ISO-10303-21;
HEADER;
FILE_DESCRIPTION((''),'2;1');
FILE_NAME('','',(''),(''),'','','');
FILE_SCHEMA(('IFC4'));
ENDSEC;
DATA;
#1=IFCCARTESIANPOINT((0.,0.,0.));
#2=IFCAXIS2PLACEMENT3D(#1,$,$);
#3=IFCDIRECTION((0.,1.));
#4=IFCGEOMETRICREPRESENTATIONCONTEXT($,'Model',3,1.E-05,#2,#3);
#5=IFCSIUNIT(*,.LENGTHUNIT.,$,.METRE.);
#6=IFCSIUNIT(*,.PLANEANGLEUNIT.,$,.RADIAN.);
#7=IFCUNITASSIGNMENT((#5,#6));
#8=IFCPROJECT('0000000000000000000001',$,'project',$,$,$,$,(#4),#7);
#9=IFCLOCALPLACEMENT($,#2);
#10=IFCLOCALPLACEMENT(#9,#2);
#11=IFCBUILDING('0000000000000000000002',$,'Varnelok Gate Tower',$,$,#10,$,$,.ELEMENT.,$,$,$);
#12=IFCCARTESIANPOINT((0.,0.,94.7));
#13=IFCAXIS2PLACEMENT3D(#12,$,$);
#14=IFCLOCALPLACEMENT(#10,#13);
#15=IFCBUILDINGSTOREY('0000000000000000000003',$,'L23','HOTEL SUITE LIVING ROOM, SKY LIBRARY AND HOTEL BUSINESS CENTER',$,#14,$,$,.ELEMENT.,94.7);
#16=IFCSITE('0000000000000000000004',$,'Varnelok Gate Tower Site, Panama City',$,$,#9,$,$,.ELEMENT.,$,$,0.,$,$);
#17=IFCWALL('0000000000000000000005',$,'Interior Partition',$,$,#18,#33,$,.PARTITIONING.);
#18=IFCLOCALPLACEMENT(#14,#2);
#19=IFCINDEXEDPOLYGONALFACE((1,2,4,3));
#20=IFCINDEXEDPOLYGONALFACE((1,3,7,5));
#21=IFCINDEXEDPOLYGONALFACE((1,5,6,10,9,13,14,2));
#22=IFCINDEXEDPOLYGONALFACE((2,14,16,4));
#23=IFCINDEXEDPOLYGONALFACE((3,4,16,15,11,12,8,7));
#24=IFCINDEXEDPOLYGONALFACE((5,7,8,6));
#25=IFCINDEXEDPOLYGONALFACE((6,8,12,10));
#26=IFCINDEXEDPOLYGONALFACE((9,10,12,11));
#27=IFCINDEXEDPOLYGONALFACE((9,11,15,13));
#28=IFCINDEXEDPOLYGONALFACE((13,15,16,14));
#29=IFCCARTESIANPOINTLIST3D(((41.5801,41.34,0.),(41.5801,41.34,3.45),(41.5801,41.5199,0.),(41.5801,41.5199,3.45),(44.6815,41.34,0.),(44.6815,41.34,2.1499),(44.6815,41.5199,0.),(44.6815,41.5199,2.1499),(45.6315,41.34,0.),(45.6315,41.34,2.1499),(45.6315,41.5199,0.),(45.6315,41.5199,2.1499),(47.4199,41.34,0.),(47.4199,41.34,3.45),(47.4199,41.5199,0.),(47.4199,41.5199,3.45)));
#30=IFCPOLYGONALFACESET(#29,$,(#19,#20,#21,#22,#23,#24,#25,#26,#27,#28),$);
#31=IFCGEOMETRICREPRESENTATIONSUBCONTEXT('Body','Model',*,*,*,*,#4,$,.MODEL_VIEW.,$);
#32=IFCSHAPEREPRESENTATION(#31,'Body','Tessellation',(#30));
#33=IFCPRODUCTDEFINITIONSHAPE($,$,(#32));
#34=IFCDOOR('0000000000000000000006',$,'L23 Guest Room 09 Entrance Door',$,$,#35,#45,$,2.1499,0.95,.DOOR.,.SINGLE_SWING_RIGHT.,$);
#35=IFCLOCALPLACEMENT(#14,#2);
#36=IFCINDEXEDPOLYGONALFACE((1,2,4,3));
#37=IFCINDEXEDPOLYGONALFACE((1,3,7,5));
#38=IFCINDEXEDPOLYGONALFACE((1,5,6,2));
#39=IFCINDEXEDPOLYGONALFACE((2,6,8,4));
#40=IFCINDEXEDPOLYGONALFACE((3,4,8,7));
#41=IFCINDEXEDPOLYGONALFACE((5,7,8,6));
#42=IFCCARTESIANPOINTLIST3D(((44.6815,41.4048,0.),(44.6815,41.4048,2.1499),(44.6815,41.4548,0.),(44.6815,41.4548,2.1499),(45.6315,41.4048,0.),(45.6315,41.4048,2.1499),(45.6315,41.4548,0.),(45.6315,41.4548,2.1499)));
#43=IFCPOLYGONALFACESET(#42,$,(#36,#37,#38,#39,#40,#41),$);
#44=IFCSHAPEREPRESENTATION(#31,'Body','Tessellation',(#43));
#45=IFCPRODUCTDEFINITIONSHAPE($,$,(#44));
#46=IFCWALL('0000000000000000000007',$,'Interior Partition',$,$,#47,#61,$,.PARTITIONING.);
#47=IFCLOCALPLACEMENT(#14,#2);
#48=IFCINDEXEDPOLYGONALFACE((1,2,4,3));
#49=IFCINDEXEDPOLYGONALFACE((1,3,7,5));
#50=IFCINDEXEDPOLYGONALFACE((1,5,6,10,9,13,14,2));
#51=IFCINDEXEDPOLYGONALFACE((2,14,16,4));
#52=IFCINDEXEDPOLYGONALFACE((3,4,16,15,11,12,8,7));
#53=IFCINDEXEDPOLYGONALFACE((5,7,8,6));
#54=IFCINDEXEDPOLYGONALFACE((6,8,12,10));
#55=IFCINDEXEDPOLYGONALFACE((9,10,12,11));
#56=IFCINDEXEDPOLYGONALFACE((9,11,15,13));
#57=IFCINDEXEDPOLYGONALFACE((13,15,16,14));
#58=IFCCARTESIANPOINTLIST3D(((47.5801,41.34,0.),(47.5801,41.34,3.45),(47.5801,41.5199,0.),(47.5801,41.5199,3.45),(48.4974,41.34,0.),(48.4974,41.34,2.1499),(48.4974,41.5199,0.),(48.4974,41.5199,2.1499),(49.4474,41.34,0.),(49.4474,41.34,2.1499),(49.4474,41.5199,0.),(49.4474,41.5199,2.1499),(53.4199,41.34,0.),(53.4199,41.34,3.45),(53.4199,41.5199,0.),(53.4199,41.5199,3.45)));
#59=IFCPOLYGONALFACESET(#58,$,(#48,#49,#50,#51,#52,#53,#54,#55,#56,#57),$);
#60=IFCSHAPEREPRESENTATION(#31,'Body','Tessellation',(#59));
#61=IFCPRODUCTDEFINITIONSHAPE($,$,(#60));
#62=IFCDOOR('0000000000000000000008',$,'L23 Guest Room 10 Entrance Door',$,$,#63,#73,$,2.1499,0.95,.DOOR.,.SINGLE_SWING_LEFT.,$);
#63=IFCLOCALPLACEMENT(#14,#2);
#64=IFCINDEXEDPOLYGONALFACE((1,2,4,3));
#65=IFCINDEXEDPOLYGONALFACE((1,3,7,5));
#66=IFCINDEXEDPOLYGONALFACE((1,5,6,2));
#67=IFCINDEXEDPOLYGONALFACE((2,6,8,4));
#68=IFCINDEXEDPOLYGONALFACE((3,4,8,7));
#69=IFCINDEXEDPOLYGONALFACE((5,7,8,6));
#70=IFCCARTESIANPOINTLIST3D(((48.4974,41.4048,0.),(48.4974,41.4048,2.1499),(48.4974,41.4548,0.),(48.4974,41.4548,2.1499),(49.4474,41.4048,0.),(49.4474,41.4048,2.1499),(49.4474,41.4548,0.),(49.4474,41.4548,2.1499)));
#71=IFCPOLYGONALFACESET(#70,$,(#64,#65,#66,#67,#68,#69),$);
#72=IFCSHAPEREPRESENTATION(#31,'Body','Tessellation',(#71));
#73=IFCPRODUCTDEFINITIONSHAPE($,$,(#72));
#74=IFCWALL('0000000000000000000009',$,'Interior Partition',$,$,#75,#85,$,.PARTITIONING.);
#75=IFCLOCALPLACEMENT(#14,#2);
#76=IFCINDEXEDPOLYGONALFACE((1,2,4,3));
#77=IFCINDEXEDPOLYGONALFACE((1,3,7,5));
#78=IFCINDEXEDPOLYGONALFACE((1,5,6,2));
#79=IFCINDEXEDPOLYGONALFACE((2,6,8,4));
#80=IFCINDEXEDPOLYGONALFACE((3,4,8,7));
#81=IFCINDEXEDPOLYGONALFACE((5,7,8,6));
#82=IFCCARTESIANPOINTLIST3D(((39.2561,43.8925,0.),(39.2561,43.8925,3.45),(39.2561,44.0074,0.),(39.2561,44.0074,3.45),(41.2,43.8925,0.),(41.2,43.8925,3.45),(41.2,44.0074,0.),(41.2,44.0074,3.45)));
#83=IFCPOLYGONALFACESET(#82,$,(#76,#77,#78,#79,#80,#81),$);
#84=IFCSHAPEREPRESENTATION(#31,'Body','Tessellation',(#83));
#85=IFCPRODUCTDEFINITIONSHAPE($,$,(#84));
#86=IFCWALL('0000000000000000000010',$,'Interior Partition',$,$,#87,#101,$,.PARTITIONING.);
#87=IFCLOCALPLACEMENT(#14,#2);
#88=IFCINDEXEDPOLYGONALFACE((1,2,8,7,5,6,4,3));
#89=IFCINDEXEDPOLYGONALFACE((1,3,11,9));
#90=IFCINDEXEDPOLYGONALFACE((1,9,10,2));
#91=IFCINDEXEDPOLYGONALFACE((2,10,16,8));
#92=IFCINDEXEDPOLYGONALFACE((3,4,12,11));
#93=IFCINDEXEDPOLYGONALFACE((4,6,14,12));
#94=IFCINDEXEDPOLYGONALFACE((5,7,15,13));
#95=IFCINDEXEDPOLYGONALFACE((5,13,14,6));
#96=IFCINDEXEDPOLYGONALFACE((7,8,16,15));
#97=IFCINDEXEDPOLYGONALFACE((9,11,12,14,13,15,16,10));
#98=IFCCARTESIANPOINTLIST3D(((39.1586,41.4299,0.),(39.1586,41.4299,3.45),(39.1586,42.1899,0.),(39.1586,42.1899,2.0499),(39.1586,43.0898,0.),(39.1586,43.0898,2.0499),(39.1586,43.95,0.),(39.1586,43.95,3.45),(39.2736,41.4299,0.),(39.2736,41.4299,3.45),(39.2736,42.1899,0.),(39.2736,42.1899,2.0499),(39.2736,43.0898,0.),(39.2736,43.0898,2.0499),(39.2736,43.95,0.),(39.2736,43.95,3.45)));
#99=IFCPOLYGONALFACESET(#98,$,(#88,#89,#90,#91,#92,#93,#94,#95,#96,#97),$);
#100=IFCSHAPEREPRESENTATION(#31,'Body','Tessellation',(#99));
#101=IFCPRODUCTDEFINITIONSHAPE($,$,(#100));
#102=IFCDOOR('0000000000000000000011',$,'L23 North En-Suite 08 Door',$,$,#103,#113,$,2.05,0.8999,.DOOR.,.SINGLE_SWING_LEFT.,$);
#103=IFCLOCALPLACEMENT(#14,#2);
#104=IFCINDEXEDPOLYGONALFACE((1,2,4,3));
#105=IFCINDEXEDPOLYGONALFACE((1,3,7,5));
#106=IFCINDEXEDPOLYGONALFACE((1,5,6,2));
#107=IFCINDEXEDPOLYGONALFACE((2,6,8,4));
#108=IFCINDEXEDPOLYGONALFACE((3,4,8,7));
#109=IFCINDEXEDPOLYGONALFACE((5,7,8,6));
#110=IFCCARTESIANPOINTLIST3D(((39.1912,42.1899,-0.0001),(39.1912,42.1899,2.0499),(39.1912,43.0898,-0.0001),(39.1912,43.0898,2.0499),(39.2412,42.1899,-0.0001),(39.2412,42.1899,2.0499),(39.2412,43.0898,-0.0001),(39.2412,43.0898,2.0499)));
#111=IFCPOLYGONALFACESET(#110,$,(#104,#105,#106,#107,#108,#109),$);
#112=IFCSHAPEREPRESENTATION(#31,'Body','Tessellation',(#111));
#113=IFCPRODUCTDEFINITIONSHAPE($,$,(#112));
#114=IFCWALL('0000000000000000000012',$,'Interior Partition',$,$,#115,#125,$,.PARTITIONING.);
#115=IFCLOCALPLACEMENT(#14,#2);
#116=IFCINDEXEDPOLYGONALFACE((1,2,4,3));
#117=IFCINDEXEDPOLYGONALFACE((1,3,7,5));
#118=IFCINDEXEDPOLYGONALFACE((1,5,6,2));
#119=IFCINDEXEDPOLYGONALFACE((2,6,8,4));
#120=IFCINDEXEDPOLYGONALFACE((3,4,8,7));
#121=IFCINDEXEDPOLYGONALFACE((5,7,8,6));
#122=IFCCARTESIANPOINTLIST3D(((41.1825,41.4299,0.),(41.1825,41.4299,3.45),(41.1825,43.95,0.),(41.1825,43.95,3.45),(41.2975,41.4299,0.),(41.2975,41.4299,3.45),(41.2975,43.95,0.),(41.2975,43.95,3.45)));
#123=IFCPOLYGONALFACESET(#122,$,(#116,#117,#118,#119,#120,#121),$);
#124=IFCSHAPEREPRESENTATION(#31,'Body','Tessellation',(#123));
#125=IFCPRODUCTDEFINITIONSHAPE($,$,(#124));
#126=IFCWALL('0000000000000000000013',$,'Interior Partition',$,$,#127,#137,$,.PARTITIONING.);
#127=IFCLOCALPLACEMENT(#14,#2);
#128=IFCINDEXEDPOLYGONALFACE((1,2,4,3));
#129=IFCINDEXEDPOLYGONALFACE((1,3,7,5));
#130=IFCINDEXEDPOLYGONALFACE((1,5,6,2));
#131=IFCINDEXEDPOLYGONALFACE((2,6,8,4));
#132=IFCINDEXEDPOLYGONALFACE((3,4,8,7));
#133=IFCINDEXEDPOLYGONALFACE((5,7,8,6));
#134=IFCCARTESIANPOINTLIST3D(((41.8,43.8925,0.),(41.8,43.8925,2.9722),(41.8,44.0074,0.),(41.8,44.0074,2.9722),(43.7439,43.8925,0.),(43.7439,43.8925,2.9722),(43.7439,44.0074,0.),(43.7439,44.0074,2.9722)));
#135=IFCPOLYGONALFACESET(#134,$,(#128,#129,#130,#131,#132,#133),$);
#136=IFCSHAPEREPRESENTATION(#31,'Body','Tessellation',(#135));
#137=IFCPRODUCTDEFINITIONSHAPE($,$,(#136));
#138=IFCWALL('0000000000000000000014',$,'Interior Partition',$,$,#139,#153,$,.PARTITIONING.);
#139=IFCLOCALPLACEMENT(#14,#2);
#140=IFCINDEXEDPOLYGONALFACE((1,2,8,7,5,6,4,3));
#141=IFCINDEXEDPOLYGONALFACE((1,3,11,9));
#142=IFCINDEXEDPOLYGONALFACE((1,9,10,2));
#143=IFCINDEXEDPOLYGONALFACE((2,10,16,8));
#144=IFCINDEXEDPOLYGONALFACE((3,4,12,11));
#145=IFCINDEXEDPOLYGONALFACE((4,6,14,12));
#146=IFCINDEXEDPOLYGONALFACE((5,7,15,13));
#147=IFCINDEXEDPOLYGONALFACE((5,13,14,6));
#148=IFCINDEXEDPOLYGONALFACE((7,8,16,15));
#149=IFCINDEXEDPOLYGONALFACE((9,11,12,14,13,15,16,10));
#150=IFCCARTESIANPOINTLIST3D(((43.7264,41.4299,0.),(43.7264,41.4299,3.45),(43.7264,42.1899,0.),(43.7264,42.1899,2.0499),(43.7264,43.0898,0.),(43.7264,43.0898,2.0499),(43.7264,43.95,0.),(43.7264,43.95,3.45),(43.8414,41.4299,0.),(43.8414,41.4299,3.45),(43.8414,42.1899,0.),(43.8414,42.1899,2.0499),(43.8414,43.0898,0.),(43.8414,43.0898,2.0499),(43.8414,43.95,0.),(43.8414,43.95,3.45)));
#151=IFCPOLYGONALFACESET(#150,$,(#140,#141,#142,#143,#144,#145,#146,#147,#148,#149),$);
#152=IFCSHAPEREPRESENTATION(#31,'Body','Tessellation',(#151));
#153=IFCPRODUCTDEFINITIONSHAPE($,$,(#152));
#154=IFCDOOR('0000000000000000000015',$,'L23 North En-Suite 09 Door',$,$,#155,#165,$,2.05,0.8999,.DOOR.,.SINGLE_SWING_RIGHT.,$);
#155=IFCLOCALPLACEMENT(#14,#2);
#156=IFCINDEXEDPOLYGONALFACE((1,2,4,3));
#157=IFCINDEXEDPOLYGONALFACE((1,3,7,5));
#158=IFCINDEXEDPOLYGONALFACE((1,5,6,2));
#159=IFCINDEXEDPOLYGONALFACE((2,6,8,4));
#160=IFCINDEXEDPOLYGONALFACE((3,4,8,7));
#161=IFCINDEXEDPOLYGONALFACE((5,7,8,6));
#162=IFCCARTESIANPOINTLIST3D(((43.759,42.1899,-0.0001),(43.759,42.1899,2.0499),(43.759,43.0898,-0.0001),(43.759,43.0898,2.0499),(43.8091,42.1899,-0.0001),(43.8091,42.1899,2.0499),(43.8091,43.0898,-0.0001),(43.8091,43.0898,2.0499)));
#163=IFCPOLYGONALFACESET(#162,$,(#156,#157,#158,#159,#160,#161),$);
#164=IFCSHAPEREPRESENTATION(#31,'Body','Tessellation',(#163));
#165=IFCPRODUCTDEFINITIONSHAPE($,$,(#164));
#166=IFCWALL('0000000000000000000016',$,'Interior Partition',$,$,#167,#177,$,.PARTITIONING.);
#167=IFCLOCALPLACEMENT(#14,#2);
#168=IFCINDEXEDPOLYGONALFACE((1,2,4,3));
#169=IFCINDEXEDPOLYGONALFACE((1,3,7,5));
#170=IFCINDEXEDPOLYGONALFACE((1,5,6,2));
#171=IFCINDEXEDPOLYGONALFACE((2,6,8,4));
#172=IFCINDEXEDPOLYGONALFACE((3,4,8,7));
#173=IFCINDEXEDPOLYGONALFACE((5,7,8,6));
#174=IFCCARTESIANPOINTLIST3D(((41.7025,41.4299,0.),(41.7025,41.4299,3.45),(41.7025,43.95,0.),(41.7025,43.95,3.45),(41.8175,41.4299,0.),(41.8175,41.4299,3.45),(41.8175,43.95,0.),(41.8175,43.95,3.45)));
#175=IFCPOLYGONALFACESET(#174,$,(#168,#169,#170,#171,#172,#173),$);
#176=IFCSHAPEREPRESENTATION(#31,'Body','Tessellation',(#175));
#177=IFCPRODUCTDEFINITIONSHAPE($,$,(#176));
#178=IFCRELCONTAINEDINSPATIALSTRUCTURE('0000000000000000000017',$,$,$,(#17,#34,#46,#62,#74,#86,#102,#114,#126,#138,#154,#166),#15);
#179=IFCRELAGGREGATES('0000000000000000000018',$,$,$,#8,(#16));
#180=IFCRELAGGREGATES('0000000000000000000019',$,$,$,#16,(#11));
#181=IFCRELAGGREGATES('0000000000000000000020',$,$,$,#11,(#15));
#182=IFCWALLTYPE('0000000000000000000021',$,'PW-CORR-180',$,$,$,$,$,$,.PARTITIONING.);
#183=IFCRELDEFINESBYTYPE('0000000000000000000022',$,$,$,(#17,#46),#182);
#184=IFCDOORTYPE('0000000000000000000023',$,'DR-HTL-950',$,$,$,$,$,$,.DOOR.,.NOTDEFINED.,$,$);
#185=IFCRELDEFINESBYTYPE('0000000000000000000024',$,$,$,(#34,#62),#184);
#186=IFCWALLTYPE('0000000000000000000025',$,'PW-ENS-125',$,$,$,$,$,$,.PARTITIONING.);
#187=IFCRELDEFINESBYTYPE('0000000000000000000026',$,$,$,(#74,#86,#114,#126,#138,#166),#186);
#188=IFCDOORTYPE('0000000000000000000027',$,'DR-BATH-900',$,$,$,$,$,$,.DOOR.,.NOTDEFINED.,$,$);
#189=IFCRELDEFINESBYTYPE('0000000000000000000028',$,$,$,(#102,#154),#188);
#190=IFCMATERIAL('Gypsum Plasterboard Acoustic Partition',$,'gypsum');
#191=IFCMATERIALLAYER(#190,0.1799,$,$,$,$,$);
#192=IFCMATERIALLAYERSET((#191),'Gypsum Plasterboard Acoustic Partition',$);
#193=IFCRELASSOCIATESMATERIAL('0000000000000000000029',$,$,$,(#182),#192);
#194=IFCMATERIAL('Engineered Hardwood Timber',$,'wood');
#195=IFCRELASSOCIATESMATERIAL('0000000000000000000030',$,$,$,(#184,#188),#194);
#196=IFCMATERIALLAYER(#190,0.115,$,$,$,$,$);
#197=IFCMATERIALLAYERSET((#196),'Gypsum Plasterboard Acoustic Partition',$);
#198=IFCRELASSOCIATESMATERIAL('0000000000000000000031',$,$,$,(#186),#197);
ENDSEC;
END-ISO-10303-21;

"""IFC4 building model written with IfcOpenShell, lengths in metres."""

from ifc_helpers import new_model, si_unit, direction, frame, frame_2d, origin, place, context, subcontext, project, spatial, rectangle, extrude, material, layer, layer_set, type_object, element, fill, save


model = new_model("IFC4")

# Units and contexts
model_context = context("Model", 3, precision=1e-05, world=origin(), true_north=direction((0.0, 1.0)))
body_context = subcontext(model_context, "Body", "Model", "MODEL_VIEW")
ifc_project = project(units=[si_unit("LENGTHUNIT", "METRE"), si_unit("PLANEANGLEUNIT", "RADIAN")], contexts=[model_context])

# Site, building, storey
site_placement = place(None, origin())
site = spatial("IfcSite", under=ifc_project, at=site_placement, Name="Varnelok Gate Tower Site, Panama City", CompositionType="ELEMENT", RefElevation=0.0)
building_placement = place(site_placement, origin())
building = spatial("IfcBuilding", under=site, at=building_placement, Name="Varnelok Gate Tower", CompositionType="ELEMENT")
storey_placement = place(building_placement, frame((0.0, 0.0, 94.7)))
storey = spatial("IfcBuildingStorey", under=building, at=storey_placement, Name="L23", Description="HOTEL SUITE LIVING ROOM, SKY LIBRARY AND HOTEL BUSINESS CENTER", CompositionType="ELEMENT", Elevation=94.7)

# Walls, openings, doors
ifc_material_1 = material(Name="Gypsum Plasterboard Acoustic Partition", Category="gypsum")
ifc_layer_1 = layer(ifc_material_1, 0.1799)
ifc_layer_set_1 = layer_set([ifc_layer_1], Name="Gypsum Plasterboard Acoustic Partition")
wall_type_1 = type_object("IfcWallType", Name="PW-CORR-180", PredefinedType="PARTITIONING", material=ifc_layer_set_1)
wall_1_placement = place(storey_placement, frame((41.5801, 41.4299, 0.0), z_axis=(0.0, 0.0, 1.0), x_axis=(1.0, 0.0, 0.0)))
wall_1 = element("IfcWall", 1, at=wall_1_placement, inside=storey, type_object=wall_type_1, Name="Interior Partition", PredefinedType="PARTITIONING", context=body_context, shape_type="SweptSolid", body=[
    extrude(rectangle(XDim=5.8398, YDim=0.1799, at=frame_2d((2.9199, 0.0))), origin(), (0.0, 0.0, 1.0), 3.45),
])
opening_1_placement = place(wall_1_placement, frame((3.1013, 0.0, 0.0)))
opening_1 = element("IfcOpeningElement", 2, at=opening_1_placement, cuts=wall_1, PredefinedType="OPENING", context=body_context, shape_type="SweptSolid", body=[
    extrude(rectangle(XDim=0.95, YDim=2.1499, at=frame_2d((0.4751, 1.075))), frame((0.0, 0.0999, 0.0), z_axis=(0.0, -1.0, 0.0), x_axis=(1.0, 0.0, 0.0)), (0.0, 0.0, 1.0), 0.2),
])
ifc_material_2 = material(Name="Engineered Hardwood Timber", Category="wood")
door_type_1 = type_object("IfcDoorType", Name="DR-HTL-950", OperationType="NOTDEFINED", PredefinedType="DOOR", material=ifc_material_2)
door_1_placement = place(opening_1_placement, origin())
door_1 = element("IfcDoor", 3, at=door_1_placement, inside=storey, type_object=door_type_1, Name="L23 Guest Room 09 Entrance Door", OperationType="SINGLE_SWING_RIGHT", OverallHeight=2.1499, OverallWidth=0.95, PredefinedType="DOOR", context=body_context, shape_type="SweptSolid", body=[
    extrude(rectangle(XDim=0.95, YDim=2.1499, at=frame_2d((0.4751, 1.075))), frame((0.0, 0.0249, 0.0), z_axis=(0.0, -1.0, 0.0), x_axis=(1.0, 0.0, 0.0)), (0.0, 0.0, 1.0), 0.05),
])
fill(opening_1, door_1)
wall_2_placement = place(storey_placement, frame((47.5801, 41.4299, 0.0), z_axis=(0.0, 0.0, 1.0), x_axis=(1.0, 0.0, 0.0)))
wall_2 = element("IfcWall", 4, at=wall_2_placement, inside=storey, type_object=wall_type_1, Name="Interior Partition", PredefinedType="PARTITIONING", context=body_context, shape_type="SweptSolid", body=[
    extrude(rectangle(XDim=5.8398, YDim=0.1799, at=frame_2d((2.9199, 0.0))), origin(), (0.0, 0.0, 1.0), 3.45),
])
opening_2_placement = place(wall_2_placement, frame((0.9172, 0.0, 0.0)))
opening_2 = element("IfcOpeningElement", 5, at=opening_2_placement, cuts=wall_2, PredefinedType="OPENING", context=body_context, shape_type="SweptSolid", body=[
    extrude(rectangle(XDim=0.95, YDim=2.1499, at=frame_2d((0.4751, 1.075))), frame((0.0, 0.0999, 0.0), z_axis=(0.0, -1.0, 0.0), x_axis=(1.0, 0.0, 0.0)), (0.0, 0.0, 1.0), 0.2),
])
door_2_placement = place(opening_2_placement, origin())
door_2 = element("IfcDoor", 6, at=door_2_placement, inside=storey, type_object=door_type_1, Name="L23 Guest Room 10 Entrance Door", OperationType="SINGLE_SWING_LEFT", OverallHeight=2.1499, OverallWidth=0.95, PredefinedType="DOOR", context=body_context, shape_type="SweptSolid", body=[
    extrude(rectangle(XDim=0.95, YDim=2.1499, at=frame_2d((0.4751, 1.075))), frame((0.0, 0.0249, 0.0), z_axis=(0.0, -1.0, 0.0), x_axis=(1.0, 0.0, 0.0)), (0.0, 0.0, 1.0), 0.05),
])
fill(opening_2, door_2)

# Wall
ifc_layer_2 = layer(ifc_material_1, 0.115)
ifc_layer_set_2 = layer_set([ifc_layer_2], Name="Gypsum Plasterboard Acoustic Partition")
wall_type_2 = type_object("IfcWallType", Name="PW-ENS-125", PredefinedType="PARTITIONING", material=ifc_layer_set_2)
wall_3_placement = place(storey_placement, frame((39.2561, 43.95, 0.0), z_axis=(0.0, 0.0, 1.0), x_axis=(1.0, 0.0, 0.0)))
element("IfcWall", 7, at=wall_3_placement, inside=storey, type_object=wall_type_2, Name="Interior Partition", PredefinedType="PARTITIONING", context=body_context, shape_type="SweptSolid", body=[
    extrude(rectangle(XDim=1.9438, YDim=0.115, at=frame_2d((0.9719, 0.0))), origin(), (0.0, 0.0, 1.0), 3.45),
])

# Wall, opening, door
wall_4_placement = place(storey_placement, frame((39.2161, 41.4299, 0.0), z_axis=(0.0, 0.0, 1.0), x_axis=(0.0, 1.0, 0.0)))
wall_4 = element("IfcWall", 8, at=wall_4_placement, inside=storey, type_object=wall_type_2, Name="Interior Partition", PredefinedType="PARTITIONING", context=body_context, shape_type="SweptSolid", body=[
    extrude(rectangle(XDim=2.52, YDim=0.115, at=frame_2d((1.26, 0.0))), origin(), (0.0, 0.0, 1.0), 3.45),
])
opening_3_placement = place(wall_4_placement, frame((0.76, 0.0, 0.0)))
opening_3 = element("IfcOpeningElement", 9, at=opening_3_placement, cuts=wall_4, PredefinedType="OPENING", context=body_context, shape_type="SweptSolid", body=[
    extrude(rectangle(XDim=0.8999, YDim=2.05, at=frame_2d((0.45, 1.0249))), frame((0.0, 0.0674, 0.0), z_axis=(0.0, -1.0, 0.0), x_axis=(1.0, 0.0, 0.0)), (0.0, 0.0, 1.0), 0.135),
])
door_type_2 = type_object("IfcDoorType", Name="DR-BATH-900", OperationType="NOTDEFINED", PredefinedType="DOOR", material=ifc_material_2)
door_3_placement = place(opening_3_placement, origin())
door_3 = element("IfcDoor", 10, at=door_3_placement, inside=storey, type_object=door_type_2, Name="L23 North En-Suite 08 Door", OperationType="SINGLE_SWING_LEFT", OverallHeight=2.05, OverallWidth=0.8999, PredefinedType="DOOR", context=body_context, shape_type="SweptSolid", body=[
    extrude(rectangle(XDim=0.8999, YDim=2.05, at=frame_2d((0.45, 1.0249))), frame((0.0, 0.0249, 0.0), z_axis=(0.0, -1.0, 0.0), x_axis=(1.0, 0.0, 0.0)), (0.0, 0.0, 1.0), 0.05),
])
fill(opening_3, door_3)

# Walls
wall_5_placement = place(storey_placement, frame((41.24, 41.4299, 0.0), z_axis=(0.0, 0.0, 1.0), x_axis=(0.0, 1.0, 0.0)))
element("IfcWall", 11, at=wall_5_placement, inside=storey, type_object=wall_type_2, Name="Interior Partition", PredefinedType="PARTITIONING", context=body_context, shape_type="SweptSolid", body=[
    extrude(rectangle(XDim=2.52, YDim=0.115, at=frame_2d((1.26, 0.0))), origin(), (0.0, 0.0, 1.0), 3.45),
])
wall_6_placement = place(storey_placement, frame((41.8, 43.95, 0.0), z_axis=(0.0, 0.0, 1.0), x_axis=(1.0, 0.0, 0.0)))
element("IfcWall", 12, at=wall_6_placement, inside=storey, type_object=wall_type_2, Name="Interior Partition", PredefinedType="PARTITIONING", context=body_context, shape_type="SweptSolid", body=[
    extrude(rectangle(XDim=1.9438, YDim=0.115, at=frame_2d((0.9719, 0.0))), origin(), (0.0, 0.0, 1.0), 2.9722),
])

# Wall, opening, door
wall_7_placement = place(storey_placement, frame((43.7839, 41.4299, 0.0), z_axis=(0.0, 0.0, 1.0), x_axis=(0.0, 1.0, 0.0)))
wall_7 = element("IfcWall", 13, at=wall_7_placement, inside=storey, type_object=wall_type_2, Name="Interior Partition", PredefinedType="PARTITIONING", context=body_context, shape_type="SweptSolid", body=[
    extrude(rectangle(XDim=2.52, YDim=0.115, at=frame_2d((1.26, 0.0))), origin(), (0.0, 0.0, 1.0), 3.45),
])
opening_4_placement = place(wall_7_placement, frame((0.76, 0.0, 0.0)))
opening_4 = element("IfcOpeningElement", 14, at=opening_4_placement, cuts=wall_7, PredefinedType="OPENING", context=body_context, shape_type="SweptSolid", body=[
    extrude(rectangle(XDim=0.8999, YDim=2.05, at=frame_2d((0.45, 1.0249))), frame((0.0, 0.0674, 0.0), z_axis=(0.0, -1.0, 0.0), x_axis=(1.0, 0.0, 0.0)), (0.0, 0.0, 1.0), 0.135),
])
door_4_placement = place(opening_4_placement, origin())
door_4 = element("IfcDoor", 15, at=door_4_placement, inside=storey, type_object=door_type_2, Name="L23 North En-Suite 09 Door", OperationType="SINGLE_SWING_RIGHT", OverallHeight=2.05, OverallWidth=0.8999, PredefinedType="DOOR", context=body_context, shape_type="SweptSolid", body=[
    extrude(rectangle(XDim=0.8999, YDim=2.05, at=frame_2d((0.45, 1.0249))), frame((0.0, 0.0249, 0.0), z_axis=(0.0, -1.0, 0.0), x_axis=(1.0, 0.0, 0.0)), (0.0, 0.0, 1.0), 0.05),
])
fill(opening_4, door_4)

# Wall
wall_8_placement = place(storey_placement, frame((41.76, 41.4299, 0.0), z_axis=(0.0, 0.0, 1.0), x_axis=(0.0, 1.0, 0.0)))
element("IfcWall", 16, at=wall_8_placement, inside=storey, type_object=wall_type_2, Name="Interior Partition", PredefinedType="PARTITIONING", context=body_context, shape_type="SweptSolid", body=[
    extrude(rectangle(XDim=2.52, YDim=0.115, at=frame_2d((1.26, 0.0))), origin(), (0.0, 0.0, 1.0), 3.45),
])

save(model, "model.ifc")
